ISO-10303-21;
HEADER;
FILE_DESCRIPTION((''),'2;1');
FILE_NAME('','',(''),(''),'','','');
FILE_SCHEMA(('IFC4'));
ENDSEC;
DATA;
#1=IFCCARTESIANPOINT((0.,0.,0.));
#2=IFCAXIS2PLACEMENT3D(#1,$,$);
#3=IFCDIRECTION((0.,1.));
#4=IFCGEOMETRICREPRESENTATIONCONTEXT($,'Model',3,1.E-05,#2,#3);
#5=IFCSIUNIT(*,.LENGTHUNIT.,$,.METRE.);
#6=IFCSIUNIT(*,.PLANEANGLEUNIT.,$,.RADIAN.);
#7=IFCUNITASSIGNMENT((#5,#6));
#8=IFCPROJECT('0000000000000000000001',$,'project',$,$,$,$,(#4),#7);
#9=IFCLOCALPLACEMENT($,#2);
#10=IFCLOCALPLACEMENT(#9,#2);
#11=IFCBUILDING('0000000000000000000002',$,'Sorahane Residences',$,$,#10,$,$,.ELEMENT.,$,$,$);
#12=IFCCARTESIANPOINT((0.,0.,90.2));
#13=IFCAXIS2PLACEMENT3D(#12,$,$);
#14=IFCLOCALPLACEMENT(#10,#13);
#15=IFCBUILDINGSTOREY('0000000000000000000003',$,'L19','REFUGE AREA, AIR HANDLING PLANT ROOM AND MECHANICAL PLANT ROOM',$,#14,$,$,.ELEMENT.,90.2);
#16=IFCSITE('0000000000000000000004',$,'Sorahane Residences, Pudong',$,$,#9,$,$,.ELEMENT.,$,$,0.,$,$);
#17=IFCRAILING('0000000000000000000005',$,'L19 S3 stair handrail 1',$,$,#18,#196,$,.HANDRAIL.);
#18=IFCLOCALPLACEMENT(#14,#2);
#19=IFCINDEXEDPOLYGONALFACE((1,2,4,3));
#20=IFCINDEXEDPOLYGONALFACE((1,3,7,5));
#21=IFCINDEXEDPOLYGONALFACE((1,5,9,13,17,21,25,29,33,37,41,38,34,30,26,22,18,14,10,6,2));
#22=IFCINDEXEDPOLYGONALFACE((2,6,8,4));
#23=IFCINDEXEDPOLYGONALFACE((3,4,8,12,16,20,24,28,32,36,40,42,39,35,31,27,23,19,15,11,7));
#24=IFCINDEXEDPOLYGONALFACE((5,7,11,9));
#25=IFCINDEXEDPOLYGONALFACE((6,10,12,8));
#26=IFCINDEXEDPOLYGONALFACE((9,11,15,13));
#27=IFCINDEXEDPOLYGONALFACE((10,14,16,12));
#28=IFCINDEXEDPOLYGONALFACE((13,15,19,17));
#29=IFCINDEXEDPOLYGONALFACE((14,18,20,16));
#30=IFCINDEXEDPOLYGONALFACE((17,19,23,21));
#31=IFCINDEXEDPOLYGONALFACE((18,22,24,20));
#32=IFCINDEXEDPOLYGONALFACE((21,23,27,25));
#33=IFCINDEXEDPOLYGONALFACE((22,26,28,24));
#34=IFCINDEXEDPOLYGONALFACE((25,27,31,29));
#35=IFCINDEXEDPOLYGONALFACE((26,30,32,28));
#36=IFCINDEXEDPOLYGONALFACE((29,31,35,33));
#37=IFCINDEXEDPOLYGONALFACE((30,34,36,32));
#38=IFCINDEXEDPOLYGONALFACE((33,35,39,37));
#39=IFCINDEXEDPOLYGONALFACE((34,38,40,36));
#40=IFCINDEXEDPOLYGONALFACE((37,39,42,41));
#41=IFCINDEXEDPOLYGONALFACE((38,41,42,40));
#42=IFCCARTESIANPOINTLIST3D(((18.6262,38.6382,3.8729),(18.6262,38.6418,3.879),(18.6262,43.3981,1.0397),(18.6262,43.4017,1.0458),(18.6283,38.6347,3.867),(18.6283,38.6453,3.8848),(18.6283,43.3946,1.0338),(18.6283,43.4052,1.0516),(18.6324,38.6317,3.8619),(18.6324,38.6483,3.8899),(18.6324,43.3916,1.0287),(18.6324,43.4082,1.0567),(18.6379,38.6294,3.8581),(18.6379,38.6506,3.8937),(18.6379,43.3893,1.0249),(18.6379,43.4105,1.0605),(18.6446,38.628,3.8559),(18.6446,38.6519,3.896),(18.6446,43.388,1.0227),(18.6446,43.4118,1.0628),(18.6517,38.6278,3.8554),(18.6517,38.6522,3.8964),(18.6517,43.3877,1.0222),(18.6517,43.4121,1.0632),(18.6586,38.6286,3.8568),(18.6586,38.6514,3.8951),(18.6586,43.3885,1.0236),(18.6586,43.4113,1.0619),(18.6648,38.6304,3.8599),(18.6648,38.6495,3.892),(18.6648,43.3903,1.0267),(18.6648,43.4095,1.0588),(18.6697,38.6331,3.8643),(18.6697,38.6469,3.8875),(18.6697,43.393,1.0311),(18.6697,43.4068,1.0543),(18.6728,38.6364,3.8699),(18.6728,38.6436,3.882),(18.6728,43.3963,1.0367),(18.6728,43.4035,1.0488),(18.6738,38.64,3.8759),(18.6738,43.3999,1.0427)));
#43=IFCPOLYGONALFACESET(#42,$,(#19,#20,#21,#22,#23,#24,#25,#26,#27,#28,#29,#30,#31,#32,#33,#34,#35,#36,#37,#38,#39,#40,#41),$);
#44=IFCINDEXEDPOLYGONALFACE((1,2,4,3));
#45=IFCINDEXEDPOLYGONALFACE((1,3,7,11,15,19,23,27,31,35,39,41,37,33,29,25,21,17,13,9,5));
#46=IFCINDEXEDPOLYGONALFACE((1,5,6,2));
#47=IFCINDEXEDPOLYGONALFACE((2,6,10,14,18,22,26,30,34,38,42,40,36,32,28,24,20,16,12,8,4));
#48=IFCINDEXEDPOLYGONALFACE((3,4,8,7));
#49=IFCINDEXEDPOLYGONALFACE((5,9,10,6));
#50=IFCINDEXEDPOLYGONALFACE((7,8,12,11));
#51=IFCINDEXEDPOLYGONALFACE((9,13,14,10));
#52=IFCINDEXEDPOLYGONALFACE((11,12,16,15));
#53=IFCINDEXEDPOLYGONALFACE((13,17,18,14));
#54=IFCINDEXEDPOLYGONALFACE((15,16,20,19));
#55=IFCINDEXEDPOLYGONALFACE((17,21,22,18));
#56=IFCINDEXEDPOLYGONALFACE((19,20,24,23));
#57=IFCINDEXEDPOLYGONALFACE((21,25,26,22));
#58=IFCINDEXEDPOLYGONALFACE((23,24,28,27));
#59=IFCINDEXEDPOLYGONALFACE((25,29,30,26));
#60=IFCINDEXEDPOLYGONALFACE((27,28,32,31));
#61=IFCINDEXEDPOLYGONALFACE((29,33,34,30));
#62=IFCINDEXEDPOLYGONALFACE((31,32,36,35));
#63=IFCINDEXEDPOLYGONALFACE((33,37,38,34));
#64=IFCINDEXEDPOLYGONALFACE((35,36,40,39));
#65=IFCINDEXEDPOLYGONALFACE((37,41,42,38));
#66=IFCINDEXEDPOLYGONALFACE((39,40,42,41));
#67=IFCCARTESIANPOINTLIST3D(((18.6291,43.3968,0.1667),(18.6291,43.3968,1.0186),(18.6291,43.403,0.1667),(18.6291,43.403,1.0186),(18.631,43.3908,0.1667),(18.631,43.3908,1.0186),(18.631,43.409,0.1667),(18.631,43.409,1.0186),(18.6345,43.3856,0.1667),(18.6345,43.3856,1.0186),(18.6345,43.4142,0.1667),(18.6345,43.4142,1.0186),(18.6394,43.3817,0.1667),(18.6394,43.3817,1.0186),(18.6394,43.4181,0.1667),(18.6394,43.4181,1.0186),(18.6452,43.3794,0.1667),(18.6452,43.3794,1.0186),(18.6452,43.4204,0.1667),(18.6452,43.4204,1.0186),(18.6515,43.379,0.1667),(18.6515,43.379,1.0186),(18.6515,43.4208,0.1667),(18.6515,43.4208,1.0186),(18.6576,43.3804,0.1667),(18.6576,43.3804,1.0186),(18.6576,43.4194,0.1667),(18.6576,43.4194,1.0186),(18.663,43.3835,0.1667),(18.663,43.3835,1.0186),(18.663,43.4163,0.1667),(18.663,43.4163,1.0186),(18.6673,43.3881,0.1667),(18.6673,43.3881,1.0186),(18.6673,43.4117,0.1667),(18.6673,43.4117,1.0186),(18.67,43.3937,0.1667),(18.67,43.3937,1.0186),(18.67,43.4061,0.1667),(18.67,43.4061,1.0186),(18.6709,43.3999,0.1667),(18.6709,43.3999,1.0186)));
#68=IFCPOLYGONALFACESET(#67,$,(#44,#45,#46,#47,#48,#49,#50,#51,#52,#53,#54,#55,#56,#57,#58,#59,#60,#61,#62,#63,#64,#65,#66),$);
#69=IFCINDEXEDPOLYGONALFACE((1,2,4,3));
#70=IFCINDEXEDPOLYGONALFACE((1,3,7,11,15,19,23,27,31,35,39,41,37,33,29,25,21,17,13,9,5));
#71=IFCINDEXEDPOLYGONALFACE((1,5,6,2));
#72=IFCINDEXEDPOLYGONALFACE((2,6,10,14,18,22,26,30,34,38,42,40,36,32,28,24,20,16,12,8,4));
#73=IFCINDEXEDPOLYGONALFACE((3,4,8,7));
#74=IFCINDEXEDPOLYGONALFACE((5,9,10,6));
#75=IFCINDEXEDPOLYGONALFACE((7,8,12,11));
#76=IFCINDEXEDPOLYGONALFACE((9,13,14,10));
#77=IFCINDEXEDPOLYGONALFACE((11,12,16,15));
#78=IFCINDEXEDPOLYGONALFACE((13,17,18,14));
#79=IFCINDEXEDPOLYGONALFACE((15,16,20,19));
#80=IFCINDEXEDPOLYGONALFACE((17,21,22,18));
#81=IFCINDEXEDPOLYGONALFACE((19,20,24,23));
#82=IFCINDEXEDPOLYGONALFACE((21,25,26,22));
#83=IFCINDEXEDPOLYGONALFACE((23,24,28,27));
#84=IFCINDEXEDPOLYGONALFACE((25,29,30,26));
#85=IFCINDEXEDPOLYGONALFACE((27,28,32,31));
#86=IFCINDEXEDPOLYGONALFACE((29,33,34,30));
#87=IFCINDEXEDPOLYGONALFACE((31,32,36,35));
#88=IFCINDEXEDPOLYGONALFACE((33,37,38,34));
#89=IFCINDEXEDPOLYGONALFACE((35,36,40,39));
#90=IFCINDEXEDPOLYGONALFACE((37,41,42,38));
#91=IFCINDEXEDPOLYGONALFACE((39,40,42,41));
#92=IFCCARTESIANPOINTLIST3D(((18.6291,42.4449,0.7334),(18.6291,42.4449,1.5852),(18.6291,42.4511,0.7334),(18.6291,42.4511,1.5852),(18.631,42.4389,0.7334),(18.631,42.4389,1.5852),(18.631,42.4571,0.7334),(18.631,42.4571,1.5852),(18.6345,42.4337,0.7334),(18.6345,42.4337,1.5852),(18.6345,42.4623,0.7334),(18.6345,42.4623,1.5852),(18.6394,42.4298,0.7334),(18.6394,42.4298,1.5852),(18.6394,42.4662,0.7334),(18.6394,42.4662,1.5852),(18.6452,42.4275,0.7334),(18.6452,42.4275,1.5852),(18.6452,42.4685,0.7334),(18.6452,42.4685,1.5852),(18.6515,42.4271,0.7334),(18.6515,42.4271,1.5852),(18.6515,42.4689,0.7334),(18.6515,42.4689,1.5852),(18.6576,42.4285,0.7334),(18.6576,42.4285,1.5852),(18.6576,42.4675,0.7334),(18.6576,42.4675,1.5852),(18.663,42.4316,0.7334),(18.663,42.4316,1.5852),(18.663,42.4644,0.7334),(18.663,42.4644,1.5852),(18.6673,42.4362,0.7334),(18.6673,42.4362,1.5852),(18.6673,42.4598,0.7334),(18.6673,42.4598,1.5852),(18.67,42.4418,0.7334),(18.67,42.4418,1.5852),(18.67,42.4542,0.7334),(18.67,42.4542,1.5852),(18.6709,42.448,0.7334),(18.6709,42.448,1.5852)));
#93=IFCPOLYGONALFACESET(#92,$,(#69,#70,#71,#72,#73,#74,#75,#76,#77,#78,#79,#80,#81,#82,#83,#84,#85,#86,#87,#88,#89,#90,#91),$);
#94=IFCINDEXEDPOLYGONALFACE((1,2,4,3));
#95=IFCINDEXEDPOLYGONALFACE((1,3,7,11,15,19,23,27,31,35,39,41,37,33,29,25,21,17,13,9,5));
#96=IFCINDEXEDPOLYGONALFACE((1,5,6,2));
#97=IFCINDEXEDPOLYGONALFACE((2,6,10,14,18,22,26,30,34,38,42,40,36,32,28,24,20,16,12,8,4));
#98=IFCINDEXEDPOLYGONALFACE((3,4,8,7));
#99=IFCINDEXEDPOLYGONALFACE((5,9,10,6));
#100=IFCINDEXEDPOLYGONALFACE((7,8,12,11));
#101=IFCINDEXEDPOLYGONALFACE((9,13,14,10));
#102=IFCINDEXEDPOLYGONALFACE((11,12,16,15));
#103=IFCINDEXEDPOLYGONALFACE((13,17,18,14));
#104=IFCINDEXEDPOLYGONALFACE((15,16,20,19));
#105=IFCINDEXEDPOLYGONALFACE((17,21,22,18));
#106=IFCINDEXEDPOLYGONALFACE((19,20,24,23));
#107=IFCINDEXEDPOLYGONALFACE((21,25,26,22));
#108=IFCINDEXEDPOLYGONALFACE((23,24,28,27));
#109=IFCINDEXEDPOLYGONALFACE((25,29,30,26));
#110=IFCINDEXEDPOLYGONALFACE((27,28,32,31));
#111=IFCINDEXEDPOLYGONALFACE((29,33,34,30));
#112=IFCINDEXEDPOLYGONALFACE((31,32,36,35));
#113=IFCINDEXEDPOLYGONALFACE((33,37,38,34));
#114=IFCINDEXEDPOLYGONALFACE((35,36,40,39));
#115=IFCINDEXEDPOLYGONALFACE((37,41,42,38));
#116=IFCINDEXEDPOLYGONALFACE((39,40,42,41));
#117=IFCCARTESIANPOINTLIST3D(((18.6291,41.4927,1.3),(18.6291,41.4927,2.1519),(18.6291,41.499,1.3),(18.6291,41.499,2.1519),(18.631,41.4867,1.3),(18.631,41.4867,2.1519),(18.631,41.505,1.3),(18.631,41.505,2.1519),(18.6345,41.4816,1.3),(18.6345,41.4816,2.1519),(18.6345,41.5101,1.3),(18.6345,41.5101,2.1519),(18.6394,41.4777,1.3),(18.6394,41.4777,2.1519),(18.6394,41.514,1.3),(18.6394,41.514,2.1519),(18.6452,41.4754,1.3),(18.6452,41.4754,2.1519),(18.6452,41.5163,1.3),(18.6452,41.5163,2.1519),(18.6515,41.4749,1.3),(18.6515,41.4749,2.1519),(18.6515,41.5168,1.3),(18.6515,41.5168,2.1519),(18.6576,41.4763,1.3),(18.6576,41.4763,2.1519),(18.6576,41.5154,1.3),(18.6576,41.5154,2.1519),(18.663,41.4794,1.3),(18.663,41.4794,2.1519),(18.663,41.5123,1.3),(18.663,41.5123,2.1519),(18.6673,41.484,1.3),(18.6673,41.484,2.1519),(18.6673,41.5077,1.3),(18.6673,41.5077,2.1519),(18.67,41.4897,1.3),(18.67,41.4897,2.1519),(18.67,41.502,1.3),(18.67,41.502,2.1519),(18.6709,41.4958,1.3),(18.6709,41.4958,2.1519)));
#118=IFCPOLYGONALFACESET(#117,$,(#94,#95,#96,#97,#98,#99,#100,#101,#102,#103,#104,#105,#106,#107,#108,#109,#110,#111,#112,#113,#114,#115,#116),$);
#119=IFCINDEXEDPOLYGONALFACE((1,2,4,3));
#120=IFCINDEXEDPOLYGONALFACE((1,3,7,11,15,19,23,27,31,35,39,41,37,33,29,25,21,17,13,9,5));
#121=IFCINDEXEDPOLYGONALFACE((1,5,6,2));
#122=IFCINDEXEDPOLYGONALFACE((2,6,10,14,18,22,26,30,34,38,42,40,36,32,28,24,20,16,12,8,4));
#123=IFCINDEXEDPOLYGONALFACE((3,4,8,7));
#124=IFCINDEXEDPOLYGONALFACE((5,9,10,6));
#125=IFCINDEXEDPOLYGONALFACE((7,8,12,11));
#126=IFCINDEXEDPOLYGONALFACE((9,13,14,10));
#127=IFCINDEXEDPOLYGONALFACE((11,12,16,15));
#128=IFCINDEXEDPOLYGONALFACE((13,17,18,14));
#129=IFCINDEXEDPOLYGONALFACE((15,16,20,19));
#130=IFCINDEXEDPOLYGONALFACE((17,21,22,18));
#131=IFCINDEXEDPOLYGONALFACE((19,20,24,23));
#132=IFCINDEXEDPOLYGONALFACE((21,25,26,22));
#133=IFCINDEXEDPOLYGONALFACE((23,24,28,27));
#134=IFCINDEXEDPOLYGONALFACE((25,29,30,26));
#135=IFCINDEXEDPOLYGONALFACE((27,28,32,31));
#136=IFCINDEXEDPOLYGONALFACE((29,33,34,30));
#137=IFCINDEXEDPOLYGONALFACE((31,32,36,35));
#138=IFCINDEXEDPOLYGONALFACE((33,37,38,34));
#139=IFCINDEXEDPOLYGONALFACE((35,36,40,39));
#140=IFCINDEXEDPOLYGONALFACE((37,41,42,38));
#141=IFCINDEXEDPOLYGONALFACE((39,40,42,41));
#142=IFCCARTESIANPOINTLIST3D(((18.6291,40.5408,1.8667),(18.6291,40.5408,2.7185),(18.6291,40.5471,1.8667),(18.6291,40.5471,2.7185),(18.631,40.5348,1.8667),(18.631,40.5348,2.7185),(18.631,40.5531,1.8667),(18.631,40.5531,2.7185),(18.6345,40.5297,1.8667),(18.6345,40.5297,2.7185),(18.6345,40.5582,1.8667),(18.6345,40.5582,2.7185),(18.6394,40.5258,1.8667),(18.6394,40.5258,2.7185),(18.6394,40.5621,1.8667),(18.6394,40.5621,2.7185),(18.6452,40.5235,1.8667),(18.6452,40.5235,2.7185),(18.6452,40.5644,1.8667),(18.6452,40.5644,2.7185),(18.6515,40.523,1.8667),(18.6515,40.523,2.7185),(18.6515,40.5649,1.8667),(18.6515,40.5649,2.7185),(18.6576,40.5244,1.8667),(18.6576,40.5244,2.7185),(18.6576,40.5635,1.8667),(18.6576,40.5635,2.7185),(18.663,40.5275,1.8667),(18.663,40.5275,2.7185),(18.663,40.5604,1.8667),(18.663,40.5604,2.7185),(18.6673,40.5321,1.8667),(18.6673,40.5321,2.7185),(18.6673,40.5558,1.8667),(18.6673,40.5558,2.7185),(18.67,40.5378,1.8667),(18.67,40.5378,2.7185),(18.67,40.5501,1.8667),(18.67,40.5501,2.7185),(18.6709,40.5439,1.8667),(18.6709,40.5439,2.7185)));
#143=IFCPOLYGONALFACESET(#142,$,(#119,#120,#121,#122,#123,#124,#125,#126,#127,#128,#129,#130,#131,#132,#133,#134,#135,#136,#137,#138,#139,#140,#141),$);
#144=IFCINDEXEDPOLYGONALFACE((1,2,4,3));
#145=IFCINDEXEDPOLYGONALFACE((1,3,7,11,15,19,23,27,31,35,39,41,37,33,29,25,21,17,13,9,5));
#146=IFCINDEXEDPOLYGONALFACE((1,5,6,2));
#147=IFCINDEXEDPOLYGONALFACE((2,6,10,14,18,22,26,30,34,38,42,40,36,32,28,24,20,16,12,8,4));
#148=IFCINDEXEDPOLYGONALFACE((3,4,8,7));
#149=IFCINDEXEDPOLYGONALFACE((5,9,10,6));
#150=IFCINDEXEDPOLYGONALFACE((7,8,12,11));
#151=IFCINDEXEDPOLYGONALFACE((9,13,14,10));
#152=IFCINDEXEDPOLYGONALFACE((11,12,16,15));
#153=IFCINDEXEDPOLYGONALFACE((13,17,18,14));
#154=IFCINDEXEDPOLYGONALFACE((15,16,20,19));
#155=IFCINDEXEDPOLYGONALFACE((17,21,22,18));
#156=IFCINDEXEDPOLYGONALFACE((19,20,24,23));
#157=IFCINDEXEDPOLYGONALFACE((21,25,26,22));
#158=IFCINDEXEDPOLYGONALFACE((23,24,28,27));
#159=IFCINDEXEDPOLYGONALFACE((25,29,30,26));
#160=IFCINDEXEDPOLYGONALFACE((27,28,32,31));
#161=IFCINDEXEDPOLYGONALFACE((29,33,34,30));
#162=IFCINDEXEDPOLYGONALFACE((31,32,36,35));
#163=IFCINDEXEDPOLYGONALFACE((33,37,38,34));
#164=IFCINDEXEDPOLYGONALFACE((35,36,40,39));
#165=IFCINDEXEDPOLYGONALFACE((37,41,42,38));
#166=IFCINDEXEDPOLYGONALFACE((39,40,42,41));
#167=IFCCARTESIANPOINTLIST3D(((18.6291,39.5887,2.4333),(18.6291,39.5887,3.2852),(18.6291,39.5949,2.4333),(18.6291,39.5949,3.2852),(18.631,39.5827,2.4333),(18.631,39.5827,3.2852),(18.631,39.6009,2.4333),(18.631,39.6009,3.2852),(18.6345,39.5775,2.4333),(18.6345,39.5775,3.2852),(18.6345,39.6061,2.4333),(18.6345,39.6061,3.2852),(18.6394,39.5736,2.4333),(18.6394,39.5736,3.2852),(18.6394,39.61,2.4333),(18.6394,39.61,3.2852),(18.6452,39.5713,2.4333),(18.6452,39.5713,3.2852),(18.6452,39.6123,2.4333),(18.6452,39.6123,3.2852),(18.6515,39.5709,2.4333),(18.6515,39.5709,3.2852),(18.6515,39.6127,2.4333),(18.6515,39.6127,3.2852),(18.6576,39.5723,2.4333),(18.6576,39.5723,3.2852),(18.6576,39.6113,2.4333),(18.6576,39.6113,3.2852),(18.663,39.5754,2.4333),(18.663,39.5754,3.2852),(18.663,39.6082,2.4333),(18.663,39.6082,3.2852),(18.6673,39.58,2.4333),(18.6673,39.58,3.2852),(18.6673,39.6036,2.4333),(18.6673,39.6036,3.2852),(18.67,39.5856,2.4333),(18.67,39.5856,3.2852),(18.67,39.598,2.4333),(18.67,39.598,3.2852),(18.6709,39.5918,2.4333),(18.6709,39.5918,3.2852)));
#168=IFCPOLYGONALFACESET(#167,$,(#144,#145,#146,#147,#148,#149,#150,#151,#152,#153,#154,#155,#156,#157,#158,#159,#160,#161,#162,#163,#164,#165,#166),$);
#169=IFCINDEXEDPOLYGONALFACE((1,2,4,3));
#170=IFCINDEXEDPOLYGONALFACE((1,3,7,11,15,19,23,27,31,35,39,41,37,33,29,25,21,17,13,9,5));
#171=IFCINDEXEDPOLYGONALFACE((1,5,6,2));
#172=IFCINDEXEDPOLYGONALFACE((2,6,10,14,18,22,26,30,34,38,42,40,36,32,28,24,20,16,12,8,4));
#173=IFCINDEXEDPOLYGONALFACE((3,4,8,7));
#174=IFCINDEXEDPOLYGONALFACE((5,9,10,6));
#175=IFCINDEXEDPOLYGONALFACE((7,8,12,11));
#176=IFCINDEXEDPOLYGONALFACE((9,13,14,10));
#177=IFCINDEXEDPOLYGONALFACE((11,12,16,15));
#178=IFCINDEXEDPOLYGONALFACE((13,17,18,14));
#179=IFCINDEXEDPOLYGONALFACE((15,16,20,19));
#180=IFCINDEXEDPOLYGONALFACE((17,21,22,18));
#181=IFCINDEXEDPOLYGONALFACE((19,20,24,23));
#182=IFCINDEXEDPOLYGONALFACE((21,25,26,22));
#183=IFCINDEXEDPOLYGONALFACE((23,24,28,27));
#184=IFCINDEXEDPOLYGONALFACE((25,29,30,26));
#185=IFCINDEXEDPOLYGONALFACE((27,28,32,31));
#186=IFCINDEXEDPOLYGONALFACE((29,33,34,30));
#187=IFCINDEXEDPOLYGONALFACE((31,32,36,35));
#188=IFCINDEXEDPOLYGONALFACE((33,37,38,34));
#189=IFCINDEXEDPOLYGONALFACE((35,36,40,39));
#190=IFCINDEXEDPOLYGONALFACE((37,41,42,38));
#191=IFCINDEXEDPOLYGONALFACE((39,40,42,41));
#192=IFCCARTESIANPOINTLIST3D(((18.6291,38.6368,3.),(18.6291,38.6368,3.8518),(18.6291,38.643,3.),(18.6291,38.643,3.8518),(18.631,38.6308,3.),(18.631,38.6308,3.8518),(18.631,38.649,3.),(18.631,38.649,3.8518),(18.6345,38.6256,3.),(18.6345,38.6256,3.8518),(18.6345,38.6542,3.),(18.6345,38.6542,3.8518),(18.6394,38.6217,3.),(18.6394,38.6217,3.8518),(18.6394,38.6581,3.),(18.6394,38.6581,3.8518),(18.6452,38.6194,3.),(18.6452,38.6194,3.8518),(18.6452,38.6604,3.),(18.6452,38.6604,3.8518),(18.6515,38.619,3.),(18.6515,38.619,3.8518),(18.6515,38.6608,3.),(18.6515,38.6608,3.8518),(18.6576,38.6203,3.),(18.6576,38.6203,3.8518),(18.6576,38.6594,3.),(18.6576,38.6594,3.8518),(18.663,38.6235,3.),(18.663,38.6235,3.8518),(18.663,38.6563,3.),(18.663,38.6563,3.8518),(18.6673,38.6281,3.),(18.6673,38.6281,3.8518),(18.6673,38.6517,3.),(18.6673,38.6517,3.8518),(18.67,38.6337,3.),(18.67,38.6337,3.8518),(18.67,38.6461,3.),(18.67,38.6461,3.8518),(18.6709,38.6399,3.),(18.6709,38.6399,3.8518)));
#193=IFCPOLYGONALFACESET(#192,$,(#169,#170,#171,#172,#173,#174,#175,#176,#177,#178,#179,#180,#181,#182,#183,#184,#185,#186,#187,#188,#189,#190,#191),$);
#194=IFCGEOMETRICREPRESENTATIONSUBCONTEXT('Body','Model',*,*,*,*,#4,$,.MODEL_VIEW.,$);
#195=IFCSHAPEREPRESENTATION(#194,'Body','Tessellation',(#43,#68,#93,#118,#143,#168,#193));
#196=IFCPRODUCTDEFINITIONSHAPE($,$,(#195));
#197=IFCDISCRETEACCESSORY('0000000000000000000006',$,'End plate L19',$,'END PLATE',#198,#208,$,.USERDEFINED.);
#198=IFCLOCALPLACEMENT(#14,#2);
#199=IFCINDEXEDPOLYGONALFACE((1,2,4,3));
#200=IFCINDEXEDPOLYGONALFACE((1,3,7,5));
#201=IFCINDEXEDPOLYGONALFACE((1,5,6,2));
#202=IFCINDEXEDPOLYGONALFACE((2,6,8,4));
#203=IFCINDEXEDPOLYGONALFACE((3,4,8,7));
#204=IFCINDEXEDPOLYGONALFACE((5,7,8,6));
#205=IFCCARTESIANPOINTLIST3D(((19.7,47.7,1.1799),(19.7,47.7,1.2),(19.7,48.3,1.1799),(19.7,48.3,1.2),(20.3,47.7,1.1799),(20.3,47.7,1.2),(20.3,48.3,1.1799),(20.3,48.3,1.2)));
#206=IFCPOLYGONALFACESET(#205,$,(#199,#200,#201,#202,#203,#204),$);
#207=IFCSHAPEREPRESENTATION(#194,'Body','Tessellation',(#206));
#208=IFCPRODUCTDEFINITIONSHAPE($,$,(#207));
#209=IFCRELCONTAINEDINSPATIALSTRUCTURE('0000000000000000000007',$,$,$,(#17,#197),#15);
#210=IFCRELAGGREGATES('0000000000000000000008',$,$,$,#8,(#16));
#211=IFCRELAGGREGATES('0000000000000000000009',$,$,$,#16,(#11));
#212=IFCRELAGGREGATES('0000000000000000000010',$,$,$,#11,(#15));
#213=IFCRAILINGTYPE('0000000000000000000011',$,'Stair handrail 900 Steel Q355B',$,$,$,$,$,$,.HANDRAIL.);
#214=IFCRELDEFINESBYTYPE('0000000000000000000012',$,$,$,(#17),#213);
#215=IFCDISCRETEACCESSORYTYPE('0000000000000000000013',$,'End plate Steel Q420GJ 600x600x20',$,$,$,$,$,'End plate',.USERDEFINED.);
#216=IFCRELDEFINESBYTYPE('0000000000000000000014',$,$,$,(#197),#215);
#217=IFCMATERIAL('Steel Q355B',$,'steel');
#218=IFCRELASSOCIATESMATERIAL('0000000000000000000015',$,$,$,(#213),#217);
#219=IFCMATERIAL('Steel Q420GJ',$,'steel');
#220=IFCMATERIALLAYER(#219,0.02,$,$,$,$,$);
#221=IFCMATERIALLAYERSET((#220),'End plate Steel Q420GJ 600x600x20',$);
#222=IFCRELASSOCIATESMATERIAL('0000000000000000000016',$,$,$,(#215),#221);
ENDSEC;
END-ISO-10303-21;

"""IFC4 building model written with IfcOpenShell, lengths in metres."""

from ifc_helpers import new_model, si_unit, direction, frame, origin, origin_2d, place, context, subcontext, project, spatial, rectangle, circle, extrude, material, layer, layer_set, type_object, element, save


model = new_model("IFC4")

# Units and contexts
model_context = context("Model", 3, precision=1e-05, world=origin(), true_north=direction((0.0, 1.0)))
body_context = subcontext(model_context, "Body", "Model", "MODEL_VIEW")
ifc_project = project(units=[si_unit("LENGTHUNIT", "METRE"), si_unit("PLANEANGLEUNIT", "RADIAN")], contexts=[model_context])

# Site, building, storey
site_placement = place(None, origin())
site = spatial("IfcSite", under=ifc_project, at=site_placement, Name="Sorahane Residences, Pudong", CompositionType="ELEMENT", RefElevation=0.0)
building_placement = place(site_placement, origin())
building = spatial("IfcBuilding", under=site, at=building_placement, Name="Sorahane Residences", CompositionType="ELEMENT")
storey_placement = place(building_placement, frame((0.0, 0.0, 90.2)))
storey = spatial("IfcBuildingStorey", under=building, at=storey_placement, Name="L19", Description="REFUGE AREA, AIR HANDLING PLANT ROOM AND MECHANICAL PLANT ROOM", CompositionType="ELEMENT", Elevation=90.2)

# Railing
ifc_material_1 = material(Name="Steel Q355B", Category="steel")
railing_type_1 = type_object("IfcRailingType", Name="Stair handrail 900 Steel Q355B", PredefinedType="HANDRAIL", material=ifc_material_1)
railing_1_placement = place(storey_placement, frame((18.6499, 43.3999, 0.1667)))
element("IfcRailing", 1, at=railing_1_placement, inside=storey, type_object=railing_type_1, Name="L19 S3 stair handrail 1", PredefinedType="HANDRAIL", context=body_context, shape_type="SweptSolid", body=[
    extrude(circle(Radius=0.0239, at=origin_2d()), frame((0.0, 0.0, 0.876), z_axis=(0.0, -0.8593, 0.511472), x_axis=(1.0, 0.0, 0.0)), (0.0, 0.0, 1.0), 5.5393),
    extrude(circle(Radius=0.021, at=origin_2d()), origin(), (0.0, 0.0, 1.0), 0.8518),
    extrude(circle(Radius=0.021, at=origin_2d()), frame((0.0, -0.9519, 0.5667)), (0.0, 0.0, 1.0), 0.8518),
    extrude(circle(Radius=0.021, at=origin_2d()), frame((0.0, -1.9041, 1.1333)), (0.0, 0.0, 1.0), 0.8518),
    extrude(circle(Radius=0.021, at=origin_2d()), frame((0.0, -2.856, 1.7)), (0.0, 0.0, 1.0), 0.8518),
    extrude(circle(Radius=0.021, at=origin_2d()), frame((0.0, -3.8081, 2.2666)), (0.0, 0.0, 1.0), 0.8518),
    extrude(circle(Radius=0.021, at=origin_2d()), frame((0.0, -4.76, 2.8333)), (0.0, 0.0, 1.0), 0.8518),
])

# Discrete accessory
ifc_material_2 = material(Name="Steel Q420GJ", Category="steel")
ifc_layer_1 = layer(ifc_material_2, 0.02)
ifc_layer_set_1 = layer_set([ifc_layer_1], Name="End plate Steel Q420GJ 600x600x20")
discrete_accessory_type_1 = type_object("IfcDiscreteAccessoryType", Name="End plate Steel Q420GJ 600x600x20", ElementType="End plate", PredefinedType="USERDEFINED", material=ifc_layer_set_1)
discrete_accessory_1_placement = place(storey_placement, frame((20.0, 48.0, 1.1799), z_axis=(0.0, 0.0, 1.0), x_axis=(1.0, 0.0, 0.0)))
element("IfcDiscreteAccessory", 2, at=discrete_accessory_1_placement, inside=storey, type_object=discrete_accessory_type_1, Name="End plate L19", ObjectType="END PLATE", PredefinedType="USERDEFINED", context=body_context, shape_type="SweptSolid", body=[
    extrude(rectangle(XDim=0.6001, YDim=0.6001, at=origin_2d()), origin(), (0.0, 0.0, 1.0), 0.02),
])

save(model, "model.ifc")
